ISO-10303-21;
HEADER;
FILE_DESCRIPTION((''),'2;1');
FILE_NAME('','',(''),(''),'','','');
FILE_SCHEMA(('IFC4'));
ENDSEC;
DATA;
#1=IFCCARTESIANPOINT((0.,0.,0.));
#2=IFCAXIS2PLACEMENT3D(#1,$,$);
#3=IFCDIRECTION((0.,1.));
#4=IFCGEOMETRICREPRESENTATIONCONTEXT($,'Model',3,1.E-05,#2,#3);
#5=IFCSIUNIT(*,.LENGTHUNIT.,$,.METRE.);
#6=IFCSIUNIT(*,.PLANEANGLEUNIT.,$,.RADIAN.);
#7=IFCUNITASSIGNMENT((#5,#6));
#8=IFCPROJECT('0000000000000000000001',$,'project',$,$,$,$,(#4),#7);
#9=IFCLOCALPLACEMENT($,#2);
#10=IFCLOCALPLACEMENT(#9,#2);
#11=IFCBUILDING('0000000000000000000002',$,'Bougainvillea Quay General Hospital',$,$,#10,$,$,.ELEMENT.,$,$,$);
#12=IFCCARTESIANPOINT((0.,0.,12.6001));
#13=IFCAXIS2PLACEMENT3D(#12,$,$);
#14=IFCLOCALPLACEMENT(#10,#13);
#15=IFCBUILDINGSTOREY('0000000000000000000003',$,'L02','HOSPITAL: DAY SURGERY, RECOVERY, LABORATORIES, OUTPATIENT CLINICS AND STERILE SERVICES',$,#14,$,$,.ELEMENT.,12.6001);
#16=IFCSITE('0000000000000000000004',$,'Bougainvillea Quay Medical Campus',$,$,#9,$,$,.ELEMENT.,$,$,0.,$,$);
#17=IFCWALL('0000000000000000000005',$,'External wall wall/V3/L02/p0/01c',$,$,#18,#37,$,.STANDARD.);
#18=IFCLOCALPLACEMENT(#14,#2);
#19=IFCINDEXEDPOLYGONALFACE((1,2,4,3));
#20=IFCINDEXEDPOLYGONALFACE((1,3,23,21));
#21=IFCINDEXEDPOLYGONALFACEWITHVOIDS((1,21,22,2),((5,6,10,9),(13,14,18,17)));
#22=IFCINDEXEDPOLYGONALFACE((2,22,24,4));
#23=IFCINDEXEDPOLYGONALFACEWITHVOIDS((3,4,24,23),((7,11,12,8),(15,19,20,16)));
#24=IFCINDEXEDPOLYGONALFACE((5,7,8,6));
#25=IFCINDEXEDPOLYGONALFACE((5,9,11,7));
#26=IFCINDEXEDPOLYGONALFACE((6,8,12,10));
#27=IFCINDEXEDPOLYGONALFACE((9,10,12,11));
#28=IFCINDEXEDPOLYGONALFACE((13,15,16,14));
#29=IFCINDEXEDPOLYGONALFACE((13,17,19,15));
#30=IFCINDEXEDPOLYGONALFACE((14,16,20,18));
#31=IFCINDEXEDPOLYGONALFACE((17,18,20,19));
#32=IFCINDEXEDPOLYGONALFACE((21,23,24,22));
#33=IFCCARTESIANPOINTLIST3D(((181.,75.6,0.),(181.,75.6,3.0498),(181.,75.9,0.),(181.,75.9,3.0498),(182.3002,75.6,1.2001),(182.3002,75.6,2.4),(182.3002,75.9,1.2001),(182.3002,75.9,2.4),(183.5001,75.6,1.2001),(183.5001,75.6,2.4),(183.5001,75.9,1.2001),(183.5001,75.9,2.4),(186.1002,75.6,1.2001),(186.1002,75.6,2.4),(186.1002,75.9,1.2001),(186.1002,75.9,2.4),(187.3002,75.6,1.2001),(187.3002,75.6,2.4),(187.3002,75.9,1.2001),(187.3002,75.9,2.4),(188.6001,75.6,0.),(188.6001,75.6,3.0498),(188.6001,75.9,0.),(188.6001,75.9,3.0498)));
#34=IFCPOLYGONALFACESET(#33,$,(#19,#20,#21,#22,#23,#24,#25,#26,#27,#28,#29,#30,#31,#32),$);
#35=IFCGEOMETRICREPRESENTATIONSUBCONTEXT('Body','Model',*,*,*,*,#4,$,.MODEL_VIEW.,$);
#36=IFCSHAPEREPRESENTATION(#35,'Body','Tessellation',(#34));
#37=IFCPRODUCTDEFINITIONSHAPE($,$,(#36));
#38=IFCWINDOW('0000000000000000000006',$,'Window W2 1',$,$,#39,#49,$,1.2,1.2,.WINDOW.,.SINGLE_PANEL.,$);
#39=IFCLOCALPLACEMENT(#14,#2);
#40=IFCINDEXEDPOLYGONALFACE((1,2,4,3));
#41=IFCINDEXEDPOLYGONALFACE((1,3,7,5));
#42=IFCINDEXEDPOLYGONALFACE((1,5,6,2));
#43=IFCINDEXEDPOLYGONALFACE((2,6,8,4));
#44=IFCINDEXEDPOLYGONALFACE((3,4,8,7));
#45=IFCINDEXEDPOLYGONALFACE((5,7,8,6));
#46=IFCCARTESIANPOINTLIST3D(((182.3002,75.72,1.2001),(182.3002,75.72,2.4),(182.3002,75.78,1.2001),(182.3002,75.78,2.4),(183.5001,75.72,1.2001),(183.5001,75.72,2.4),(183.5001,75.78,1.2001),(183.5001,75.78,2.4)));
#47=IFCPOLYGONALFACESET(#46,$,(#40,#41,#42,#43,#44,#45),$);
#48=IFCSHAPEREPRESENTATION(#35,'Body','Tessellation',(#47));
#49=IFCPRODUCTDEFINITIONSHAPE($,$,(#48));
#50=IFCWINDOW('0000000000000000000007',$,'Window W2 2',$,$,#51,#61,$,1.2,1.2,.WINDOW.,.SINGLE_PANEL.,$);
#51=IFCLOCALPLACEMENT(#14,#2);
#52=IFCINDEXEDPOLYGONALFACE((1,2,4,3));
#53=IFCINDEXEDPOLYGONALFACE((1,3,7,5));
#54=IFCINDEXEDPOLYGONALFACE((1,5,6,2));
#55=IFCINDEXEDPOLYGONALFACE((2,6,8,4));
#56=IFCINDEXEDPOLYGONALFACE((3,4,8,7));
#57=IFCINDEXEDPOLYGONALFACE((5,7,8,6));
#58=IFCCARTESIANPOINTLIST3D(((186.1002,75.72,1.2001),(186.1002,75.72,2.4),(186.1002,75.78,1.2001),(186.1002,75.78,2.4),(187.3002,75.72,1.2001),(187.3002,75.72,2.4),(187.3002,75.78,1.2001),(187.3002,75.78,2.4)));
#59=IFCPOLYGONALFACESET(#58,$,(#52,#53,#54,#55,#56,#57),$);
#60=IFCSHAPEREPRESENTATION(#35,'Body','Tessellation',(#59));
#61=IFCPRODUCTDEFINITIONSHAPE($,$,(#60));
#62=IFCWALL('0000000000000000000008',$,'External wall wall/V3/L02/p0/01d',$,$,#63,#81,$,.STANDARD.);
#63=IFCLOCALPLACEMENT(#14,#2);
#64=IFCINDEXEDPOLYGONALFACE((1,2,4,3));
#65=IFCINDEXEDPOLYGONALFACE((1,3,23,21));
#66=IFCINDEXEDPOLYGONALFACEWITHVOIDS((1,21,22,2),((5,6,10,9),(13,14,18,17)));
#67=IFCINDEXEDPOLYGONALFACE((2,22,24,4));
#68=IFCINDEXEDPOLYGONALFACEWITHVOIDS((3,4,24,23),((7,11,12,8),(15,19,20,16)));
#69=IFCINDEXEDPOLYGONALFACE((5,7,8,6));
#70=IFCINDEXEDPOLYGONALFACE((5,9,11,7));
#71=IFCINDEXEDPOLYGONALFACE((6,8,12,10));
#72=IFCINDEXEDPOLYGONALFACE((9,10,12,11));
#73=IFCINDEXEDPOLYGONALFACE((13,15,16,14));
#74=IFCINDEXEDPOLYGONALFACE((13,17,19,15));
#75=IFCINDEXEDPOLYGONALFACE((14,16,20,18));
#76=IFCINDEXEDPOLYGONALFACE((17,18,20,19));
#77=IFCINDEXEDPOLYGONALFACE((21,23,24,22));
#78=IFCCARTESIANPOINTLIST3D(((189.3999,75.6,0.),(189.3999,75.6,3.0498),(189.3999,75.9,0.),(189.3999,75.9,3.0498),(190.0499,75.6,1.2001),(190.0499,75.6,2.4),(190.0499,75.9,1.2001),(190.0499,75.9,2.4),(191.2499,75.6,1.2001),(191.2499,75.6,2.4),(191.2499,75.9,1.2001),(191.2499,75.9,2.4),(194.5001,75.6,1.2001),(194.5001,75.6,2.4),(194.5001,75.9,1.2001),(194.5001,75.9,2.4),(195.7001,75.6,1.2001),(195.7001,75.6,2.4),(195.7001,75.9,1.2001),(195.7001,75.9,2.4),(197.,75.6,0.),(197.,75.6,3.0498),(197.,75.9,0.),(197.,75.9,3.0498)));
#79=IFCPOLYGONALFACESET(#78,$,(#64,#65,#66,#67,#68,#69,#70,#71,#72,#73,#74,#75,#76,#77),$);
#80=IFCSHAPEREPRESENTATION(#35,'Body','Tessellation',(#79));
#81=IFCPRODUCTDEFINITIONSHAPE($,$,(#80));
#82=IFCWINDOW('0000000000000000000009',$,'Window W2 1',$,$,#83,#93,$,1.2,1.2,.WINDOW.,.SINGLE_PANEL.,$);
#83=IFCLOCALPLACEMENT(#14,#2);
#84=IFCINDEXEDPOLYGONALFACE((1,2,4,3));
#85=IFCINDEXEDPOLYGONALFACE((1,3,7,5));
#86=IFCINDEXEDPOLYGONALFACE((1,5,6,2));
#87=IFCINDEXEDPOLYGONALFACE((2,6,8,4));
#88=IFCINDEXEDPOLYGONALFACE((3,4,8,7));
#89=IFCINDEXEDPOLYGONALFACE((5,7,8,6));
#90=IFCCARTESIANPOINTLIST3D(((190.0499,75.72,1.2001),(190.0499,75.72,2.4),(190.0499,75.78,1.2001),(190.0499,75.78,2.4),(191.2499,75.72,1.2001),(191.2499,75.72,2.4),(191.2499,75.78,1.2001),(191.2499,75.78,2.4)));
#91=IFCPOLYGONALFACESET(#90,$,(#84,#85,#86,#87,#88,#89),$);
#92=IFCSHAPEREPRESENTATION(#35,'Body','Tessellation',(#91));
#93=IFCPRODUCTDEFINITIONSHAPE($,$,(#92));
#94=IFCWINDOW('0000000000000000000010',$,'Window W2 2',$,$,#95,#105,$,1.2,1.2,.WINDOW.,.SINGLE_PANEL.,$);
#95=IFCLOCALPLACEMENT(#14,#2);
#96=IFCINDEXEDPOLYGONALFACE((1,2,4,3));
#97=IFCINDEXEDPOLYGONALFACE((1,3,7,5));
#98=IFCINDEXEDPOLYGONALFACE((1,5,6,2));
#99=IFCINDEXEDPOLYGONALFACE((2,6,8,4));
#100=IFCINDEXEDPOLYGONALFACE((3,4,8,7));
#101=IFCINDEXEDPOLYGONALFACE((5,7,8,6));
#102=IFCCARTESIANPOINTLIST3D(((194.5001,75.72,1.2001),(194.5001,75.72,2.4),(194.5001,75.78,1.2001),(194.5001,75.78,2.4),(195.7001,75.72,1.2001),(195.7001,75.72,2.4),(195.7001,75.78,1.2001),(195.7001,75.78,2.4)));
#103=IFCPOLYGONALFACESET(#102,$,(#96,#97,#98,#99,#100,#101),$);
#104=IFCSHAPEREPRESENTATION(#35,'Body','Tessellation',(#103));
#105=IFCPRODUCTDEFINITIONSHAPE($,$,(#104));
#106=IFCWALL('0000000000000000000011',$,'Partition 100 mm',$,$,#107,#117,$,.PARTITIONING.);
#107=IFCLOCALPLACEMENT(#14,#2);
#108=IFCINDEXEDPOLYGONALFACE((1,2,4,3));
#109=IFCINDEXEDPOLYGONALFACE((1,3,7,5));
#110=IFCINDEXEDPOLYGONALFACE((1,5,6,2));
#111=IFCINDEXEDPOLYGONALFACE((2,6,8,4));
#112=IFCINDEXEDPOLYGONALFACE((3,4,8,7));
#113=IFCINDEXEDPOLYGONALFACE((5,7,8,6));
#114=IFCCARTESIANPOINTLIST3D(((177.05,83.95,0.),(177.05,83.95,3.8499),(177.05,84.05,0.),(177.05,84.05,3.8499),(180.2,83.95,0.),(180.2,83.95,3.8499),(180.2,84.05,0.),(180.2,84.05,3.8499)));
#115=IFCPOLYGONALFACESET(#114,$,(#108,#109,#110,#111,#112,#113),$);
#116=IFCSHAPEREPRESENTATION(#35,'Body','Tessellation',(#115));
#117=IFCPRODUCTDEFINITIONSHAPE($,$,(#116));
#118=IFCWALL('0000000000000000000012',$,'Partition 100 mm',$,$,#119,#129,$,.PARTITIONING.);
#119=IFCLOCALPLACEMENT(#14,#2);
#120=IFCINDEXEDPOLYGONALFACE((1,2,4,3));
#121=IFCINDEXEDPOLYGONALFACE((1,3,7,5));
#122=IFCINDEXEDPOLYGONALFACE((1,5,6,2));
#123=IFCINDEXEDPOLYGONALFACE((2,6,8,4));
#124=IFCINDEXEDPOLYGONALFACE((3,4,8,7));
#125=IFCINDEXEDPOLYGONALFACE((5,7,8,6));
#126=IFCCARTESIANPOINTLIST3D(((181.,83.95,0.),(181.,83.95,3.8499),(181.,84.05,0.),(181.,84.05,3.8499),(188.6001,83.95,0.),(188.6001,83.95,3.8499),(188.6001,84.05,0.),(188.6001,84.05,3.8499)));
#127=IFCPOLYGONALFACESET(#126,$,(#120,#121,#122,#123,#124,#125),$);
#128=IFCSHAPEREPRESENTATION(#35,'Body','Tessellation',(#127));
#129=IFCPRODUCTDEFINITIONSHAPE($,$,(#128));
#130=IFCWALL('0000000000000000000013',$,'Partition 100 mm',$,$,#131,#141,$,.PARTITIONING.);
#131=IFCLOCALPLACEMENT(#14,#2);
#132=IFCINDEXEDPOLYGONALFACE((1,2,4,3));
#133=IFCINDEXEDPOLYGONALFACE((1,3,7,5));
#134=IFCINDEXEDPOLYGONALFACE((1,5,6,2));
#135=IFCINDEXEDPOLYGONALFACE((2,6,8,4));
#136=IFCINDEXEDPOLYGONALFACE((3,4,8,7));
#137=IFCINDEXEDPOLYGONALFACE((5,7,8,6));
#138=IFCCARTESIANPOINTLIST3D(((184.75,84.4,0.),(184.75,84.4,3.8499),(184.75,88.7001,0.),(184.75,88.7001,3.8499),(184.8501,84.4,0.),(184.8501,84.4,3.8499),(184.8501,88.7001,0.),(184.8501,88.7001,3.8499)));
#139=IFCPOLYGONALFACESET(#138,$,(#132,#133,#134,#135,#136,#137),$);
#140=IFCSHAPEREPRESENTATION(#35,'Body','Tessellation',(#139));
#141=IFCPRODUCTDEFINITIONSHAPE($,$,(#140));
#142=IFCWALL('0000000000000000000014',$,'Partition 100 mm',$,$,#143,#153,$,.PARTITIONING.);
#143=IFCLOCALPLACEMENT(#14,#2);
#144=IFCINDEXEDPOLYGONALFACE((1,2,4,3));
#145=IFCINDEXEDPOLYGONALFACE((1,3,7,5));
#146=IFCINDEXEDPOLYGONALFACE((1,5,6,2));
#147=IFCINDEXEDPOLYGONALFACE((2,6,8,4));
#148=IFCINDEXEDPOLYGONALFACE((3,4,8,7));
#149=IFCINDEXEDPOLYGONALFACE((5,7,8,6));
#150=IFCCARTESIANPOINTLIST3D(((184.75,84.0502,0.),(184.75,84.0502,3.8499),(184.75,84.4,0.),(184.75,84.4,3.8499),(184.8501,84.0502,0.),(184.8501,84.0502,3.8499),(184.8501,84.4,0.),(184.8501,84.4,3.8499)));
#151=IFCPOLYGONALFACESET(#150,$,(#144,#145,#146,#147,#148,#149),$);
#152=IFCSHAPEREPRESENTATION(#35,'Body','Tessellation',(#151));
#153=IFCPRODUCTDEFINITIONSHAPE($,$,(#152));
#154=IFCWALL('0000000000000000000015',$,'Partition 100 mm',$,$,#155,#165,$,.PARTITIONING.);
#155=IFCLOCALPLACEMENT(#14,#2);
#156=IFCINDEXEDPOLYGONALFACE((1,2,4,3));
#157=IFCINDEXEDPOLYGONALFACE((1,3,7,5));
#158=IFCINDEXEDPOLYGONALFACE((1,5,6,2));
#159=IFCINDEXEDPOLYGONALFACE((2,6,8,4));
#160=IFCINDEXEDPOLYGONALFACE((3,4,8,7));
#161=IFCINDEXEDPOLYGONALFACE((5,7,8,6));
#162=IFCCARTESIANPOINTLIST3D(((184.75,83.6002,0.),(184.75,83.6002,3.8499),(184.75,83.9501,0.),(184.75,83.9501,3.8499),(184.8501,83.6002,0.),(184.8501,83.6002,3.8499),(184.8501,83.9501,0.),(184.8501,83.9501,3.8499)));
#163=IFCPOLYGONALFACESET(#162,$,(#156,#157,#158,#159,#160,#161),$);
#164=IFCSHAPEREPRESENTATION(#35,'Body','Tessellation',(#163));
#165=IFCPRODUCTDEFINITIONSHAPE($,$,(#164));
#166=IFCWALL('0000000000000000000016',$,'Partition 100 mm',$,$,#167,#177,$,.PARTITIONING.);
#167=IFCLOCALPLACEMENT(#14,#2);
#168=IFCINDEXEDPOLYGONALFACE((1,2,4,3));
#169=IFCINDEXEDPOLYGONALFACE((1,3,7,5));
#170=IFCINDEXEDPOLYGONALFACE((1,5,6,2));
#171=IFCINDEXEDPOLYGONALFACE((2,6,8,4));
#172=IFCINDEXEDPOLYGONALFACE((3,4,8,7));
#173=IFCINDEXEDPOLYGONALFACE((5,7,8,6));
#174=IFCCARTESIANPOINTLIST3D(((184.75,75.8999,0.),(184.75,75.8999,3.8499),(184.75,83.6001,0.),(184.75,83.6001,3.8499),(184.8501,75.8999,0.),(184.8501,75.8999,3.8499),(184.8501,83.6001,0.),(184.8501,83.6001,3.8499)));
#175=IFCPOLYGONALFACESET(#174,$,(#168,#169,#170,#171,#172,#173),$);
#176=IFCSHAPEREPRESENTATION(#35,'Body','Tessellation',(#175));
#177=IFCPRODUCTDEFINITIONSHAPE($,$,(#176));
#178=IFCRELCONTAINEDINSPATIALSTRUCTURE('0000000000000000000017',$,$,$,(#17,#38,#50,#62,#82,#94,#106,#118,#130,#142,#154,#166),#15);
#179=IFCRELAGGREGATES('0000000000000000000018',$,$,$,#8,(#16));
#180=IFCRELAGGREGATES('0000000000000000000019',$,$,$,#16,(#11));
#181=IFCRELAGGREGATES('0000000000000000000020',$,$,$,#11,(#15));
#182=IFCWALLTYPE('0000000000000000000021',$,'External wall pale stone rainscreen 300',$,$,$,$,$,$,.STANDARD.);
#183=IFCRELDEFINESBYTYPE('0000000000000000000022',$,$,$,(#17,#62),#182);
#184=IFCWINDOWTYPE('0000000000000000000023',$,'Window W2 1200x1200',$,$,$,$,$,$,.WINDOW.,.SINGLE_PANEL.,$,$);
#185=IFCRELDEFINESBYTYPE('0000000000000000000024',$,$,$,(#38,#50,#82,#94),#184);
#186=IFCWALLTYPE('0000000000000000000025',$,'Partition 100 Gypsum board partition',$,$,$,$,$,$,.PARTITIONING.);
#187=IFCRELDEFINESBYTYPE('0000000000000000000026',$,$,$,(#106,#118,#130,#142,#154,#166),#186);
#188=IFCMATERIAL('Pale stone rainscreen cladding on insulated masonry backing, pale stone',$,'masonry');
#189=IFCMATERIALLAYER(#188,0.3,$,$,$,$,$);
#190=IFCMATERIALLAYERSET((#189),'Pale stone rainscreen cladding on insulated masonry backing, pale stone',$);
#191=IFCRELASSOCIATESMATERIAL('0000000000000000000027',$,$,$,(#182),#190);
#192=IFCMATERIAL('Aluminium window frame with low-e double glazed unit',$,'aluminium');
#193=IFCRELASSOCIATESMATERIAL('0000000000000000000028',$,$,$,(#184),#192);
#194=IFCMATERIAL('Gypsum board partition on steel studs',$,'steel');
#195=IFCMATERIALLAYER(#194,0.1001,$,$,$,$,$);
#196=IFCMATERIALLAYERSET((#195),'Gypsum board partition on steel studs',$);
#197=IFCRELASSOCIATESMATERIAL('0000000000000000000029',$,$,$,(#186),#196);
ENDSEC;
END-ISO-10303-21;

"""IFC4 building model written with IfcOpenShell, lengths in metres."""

from ifc_helpers import new_model, si_unit, direction, frame, frame_2d, origin, place, context, subcontext, project, spatial, rectangle, extrude, material, layer, layer_set, type_object, element, fill, save


model = new_model("IFC4")

# Units and contexts
model_context = context("Model", 3, precision=1e-05, world=origin(), true_north=direction((0.0, 1.0)))
body_context = subcontext(model_context, "Body", "Model", "MODEL_VIEW")
ifc_project = project(units=[si_unit("LENGTHUNIT", "METRE"), si_unit("PLANEANGLEUNIT", "RADIAN")], contexts=[model_context])

# Site, building, storey
site_placement = place(None, origin())
site = spatial("IfcSite", under=ifc_project, at=site_placement, Name="Bougainvillea Quay Medical Campus", CompositionType="ELEMENT", RefElevation=0.0)
building_placement = place(site_placement, origin())
building = spatial("IfcBuilding", under=site, at=building_placement, Name="Bougainvillea Quay General Hospital", CompositionType="ELEMENT")
storey_placement = place(building_placement, frame((0.0, 0.0, 12.6001)))
storey = spatial("IfcBuildingStorey", under=building, at=storey_placement, Name="L02", Description="HOSPITAL: DAY SURGERY, RECOVERY, LABORATORIES, OUTPATIENT CLINICS AND STERILE SERVICES", CompositionType="ELEMENT", Elevation=12.6001)

# Walls, openings, windows
ifc_material_1 = material(Name="Pale stone rainscreen cladding on insulated masonry backing, pale stone", Category="masonry")
ifc_layer_1 = layer(ifc_material_1, 0.3)
ifc_layer_set_1 = layer_set([ifc_layer_1], Name="Pale stone rainscreen cladding on insulated masonry backing, pale stone")
wall_type_1 = type_object("IfcWallType", Name="External wall pale stone rainscreen 300", PredefinedType="STANDARD", material=ifc_layer_set_1)
wall_1_placement = place(storey_placement, frame((181.0, 75.75, 0.0), z_axis=(0.0, 0.0, 1.0), x_axis=(1.0, 0.0, 0.0)))
wall_1 = element("IfcWall", 1, at=wall_1_placement, inside=storey, type_object=wall_type_1, Name="External wall wall/V3/L02/p0/01c", PredefinedType="STANDARD", context=body_context, shape_type="SweptSolid", body=[
    extrude(rectangle(XDim=7.6001, YDim=0.3, at=frame_2d((3.8, 0.0))), origin(), (0.0, 0.0, 1.0), 3.0498),
])
opening_1_placement = place(wall_1_placement, frame((1.3, 0.0, 1.2)))
opening_1 = element("IfcOpeningElement", 2, at=opening_1_placement, cuts=wall_1, PredefinedType="OPENING", context=body_context, shape_type="SweptSolid", body=[
    extrude(rectangle(XDim=1.2, YDim=1.2, at=frame_2d((0.6001, 0.6001))), frame((0.0, 0.1599, 0.0), z_axis=(0.0, -1.0, 0.0), x_axis=(1.0, 0.0, 0.0)), (0.0, 0.0, 1.0), 0.3201),
])
opening_2_placement = place(wall_1_placement, frame((5.1001, 0.0, 1.2)))
opening_2 = element("IfcOpeningElement", 3, at=opening_2_placement, cuts=wall_1, PredefinedType="OPENING", context=body_context, shape_type="SweptSolid", body=[
    extrude(rectangle(XDim=1.2, YDim=1.2, at=frame_2d((0.6001, 0.6001))), frame((0.0, 0.1599, 0.0), z_axis=(0.0, -1.0, 0.0), x_axis=(1.0, 0.0, 0.0)), (0.0, 0.0, 1.0), 0.3201),
])
ifc_material_2 = material(Name="Aluminium window frame with low-e double glazed unit", Category="aluminium")
window_type = type_object("IfcWindowType", Name="Window W2 1200x1200", PartitioningType="SINGLE_PANEL", PredefinedType="WINDOW", material=ifc_material_2)
window_1_placement = place(opening_1_placement, origin())
window_1 = element("IfcWindow", 4, at=window_1_placement, inside=storey, type_object=window_type, Name="Window W2 1", OverallHeight=1.2, OverallWidth=1.2, PartitioningType="SINGLE_PANEL", PredefinedType="WINDOW", context=body_context, shape_type="SweptSolid", body=[
    extrude(rectangle(XDim=1.2, YDim=1.2, at=frame_2d((0.6001, 0.6001))), frame((0.0, 0.03, 0.0), z_axis=(0.0, -1.0, 0.0), x_axis=(1.0, 0.0, 0.0)), (0.0, 0.0, 1.0), 0.0601),
])
fill(opening_1, window_1)
window_2_placement = place(opening_2_placement, origin())
window_2 = element("IfcWindow", 5, at=window_2_placement, inside=storey, type_object=window_type, Name="Window W2 2", OverallHeight=1.2, OverallWidth=1.2, PartitioningType="SINGLE_PANEL", PredefinedType="WINDOW", context=body_context, shape_type="SweptSolid", body=[
    extrude(rectangle(XDim=1.2, YDim=1.2, at=frame_2d((0.6001, 0.6001))), frame((0.0, 0.03, 0.0), z_axis=(0.0, -1.0, 0.0), x_axis=(1.0, 0.0, 0.0)), (0.0, 0.0, 1.0), 0.0601),
])
fill(opening_2, window_2)
wall_2_placement = place(storey_placement, frame((189.3999, 75.75, 0.0), z_axis=(0.0, 0.0, 1.0), x_axis=(1.0, 0.0, 0.0)))
wall_2 = element("IfcWall", 6, at=wall_2_placement, inside=storey, type_object=wall_type_1, Name="External wall wall/V3/L02/p0/01d", PredefinedType="STANDARD", context=body_context, shape_type="SweptSolid", body=[
    extrude(rectangle(XDim=7.6001, YDim=0.3, at=frame_2d((3.8, 0.0))), origin(), (0.0, 0.0, 1.0), 3.0498),
])
opening_3_placement = place(wall_2_placement, frame((0.6499, 0.0, 1.2)))
opening_3 = element("IfcOpeningElement", 7, at=opening_3_placement, cuts=wall_2, PredefinedType="OPENING", context=body_context, shape_type="SweptSolid", body=[
    extrude(rectangle(XDim=1.2, YDim=1.2, at=frame_2d((0.6001, 0.6001))), frame((0.0, 0.1599, 0.0), z_axis=(0.0, -1.0, 0.0), x_axis=(1.0, 0.0, 0.0)), (0.0, 0.0, 1.0), 0.3201),
])
opening_4_placement = place(wall_2_placement, frame((5.1001, 0.0, 1.2)))
opening_4 = element("IfcOpeningElement", 8, at=opening_4_placement, cuts=wall_2, PredefinedType="OPENING", context=body_context, shape_type="SweptSolid", body=[
    extrude(rectangle(XDim=1.2, YDim=1.2, at=frame_2d((0.6001, 0.6001))), frame((0.0, 0.1599, 0.0), z_axis=(0.0, -1.0, 0.0), x_axis=(1.0, 0.0, 0.0)), (0.0, 0.0, 1.0), 0.3201),
])
window_3_placement = place(opening_3_placement, origin())
window_3 = element("IfcWindow", 9, at=window_3_placement, inside=storey, type_object=window_type, Name="Window W2 1", OverallHeight=1.2, OverallWidth=1.2, PartitioningType="SINGLE_PANEL", PredefinedType="WINDOW", context=body_context, shape_type="SweptSolid", body=[
    extrude(rectangle(XDim=1.2, YDim=1.2, at=frame_2d((0.6001, 0.6001))), frame((0.0, 0.03, 0.0), z_axis=(0.0, -1.0, 0.0), x_axis=(1.0, 0.0, 0.0)), (0.0, 0.0, 1.0), 0.0601),
])
fill(opening_3, window_3)
window_4_placement = place(opening_4_placement, origin())
window_4 = element("IfcWindow", 10, at=window_4_placement, inside=storey, type_object=window_type, Name="Window W2 2", OverallHeight=1.2, OverallWidth=1.2, PartitioningType="SINGLE_PANEL", PredefinedType="WINDOW", context=body_context, shape_type="SweptSolid", body=[
    extrude(rectangle(XDim=1.2, YDim=1.2, at=frame_2d((0.6001, 0.6001))), frame((0.0, 0.03, 0.0), z_axis=(0.0, -1.0, 0.0), x_axis=(1.0, 0.0, 0.0)), (0.0, 0.0, 1.0), 0.0601),
])
fill(opening_4, window_4)

# Walls
ifc_material_3 = material(Name="Gypsum board partition on steel studs", Category="steel")
ifc_layer_2 = layer(ifc_material_3, 0.1001)
ifc_layer_set_2 = layer_set([ifc_layer_2], Name="Gypsum board partition on steel studs")
wall_type_2 = type_object("IfcWallType", Name="Partition 100 Gypsum board partition", PredefinedType="PARTITIONING", material=ifc_layer_set_2)
wall_3_placement = place(storey_placement, frame((177.05, 84.0, 0.0), z_axis=(0.0, 0.0, 1.0), x_axis=(1.0, 0.0, 0.0)))
element("IfcWall", 11, at=wall_3_placement, inside=storey, type_object=wall_type_2, Name="Partition 100 mm", PredefinedType="PARTITIONING", context=body_context, shape_type="SweptSolid", body=[
    extrude(rectangle(XDim=3.1499, YDim=0.1001, at=frame_2d((1.575, 0.0))), origin(), (0.0, 0.0, 1.0), 3.8499),
])
wall_4_placement = place(storey_placement, frame((181.0, 84.0, 0.0), z_axis=(0.0, 0.0, 1.0), x_axis=(1.0, 0.0, 0.0)))
element("IfcWall", 12, at=wall_4_placement, inside=storey, type_object=wall_type_2, Name="Partition 100 mm", PredefinedType="PARTITIONING", context=body_context, shape_type="SweptSolid", body=[
    extrude(rectangle(XDim=7.6001, YDim=0.1001, at=frame_2d((3.8, 0.0))), origin(), (0.0, 0.0, 1.0), 3.8499),
])
wall_5_placement = place(storey_placement, frame((184.8, 88.7, 0.0), z_axis=(0.0, 0.0, 1.0), x_axis=(0.0, -1.0, 0.0)))
element("IfcWall", 13, at=wall_5_placement, inside=storey, type_object=wall_type_2, Name="Partition 100 mm", PredefinedType="PARTITIONING", context=body_context, shape_type="SweptSolid", body=[
    extrude(rectangle(XDim=4.3, YDim=0.1001, at=frame_2d((2.1499, 0.0))), origin(), (0.0, 0.0, 1.0), 3.8499),
])
for number, where, z_axis, x_axis, name in (
    (14, (184.8, 84.3999, 0.0), (0.0, 0.0, 1.0), (0.0, -1.0, 0.0), "Partition 100 mm"),
    (15, (184.8, 83.95, 0.0), (0.0, 0.0, 1.0), (0.0, -1.0, 0.0), "Partition 100 mm"),
):
    element("IfcWall", number, at=place(storey_placement, frame(where, z_axis=z_axis, x_axis=x_axis)), inside=storey, type_object=wall_type_2, Name=name, PredefinedType="PARTITIONING", context=body_context, shape_type="SweptSolid", body=[
        extrude(rectangle(XDim=0.3499, YDim=0.1001, at=frame_2d((0.1748, 0.0))), origin(), (0.0, 0.0, 1.0), 3.8499),
    ])
wall_6_placement = place(storey_placement, frame((184.8, 83.6001, 0.0), z_axis=(0.0, 0.0, 1.0), x_axis=(0.0, -1.0, 0.0)))
element("IfcWall", 16, at=wall_6_placement, inside=storey, type_object=wall_type_2, Name="Partition 100 mm", PredefinedType="PARTITIONING", context=body_context, shape_type="SweptSolid", body=[
    extrude(rectangle(XDim=7.7002, YDim=0.1001, at=frame_2d((3.8501, 0.0))), origin(), (0.0, 0.0, 1.0), 3.8499),
])

save(model, "model.ifc")
